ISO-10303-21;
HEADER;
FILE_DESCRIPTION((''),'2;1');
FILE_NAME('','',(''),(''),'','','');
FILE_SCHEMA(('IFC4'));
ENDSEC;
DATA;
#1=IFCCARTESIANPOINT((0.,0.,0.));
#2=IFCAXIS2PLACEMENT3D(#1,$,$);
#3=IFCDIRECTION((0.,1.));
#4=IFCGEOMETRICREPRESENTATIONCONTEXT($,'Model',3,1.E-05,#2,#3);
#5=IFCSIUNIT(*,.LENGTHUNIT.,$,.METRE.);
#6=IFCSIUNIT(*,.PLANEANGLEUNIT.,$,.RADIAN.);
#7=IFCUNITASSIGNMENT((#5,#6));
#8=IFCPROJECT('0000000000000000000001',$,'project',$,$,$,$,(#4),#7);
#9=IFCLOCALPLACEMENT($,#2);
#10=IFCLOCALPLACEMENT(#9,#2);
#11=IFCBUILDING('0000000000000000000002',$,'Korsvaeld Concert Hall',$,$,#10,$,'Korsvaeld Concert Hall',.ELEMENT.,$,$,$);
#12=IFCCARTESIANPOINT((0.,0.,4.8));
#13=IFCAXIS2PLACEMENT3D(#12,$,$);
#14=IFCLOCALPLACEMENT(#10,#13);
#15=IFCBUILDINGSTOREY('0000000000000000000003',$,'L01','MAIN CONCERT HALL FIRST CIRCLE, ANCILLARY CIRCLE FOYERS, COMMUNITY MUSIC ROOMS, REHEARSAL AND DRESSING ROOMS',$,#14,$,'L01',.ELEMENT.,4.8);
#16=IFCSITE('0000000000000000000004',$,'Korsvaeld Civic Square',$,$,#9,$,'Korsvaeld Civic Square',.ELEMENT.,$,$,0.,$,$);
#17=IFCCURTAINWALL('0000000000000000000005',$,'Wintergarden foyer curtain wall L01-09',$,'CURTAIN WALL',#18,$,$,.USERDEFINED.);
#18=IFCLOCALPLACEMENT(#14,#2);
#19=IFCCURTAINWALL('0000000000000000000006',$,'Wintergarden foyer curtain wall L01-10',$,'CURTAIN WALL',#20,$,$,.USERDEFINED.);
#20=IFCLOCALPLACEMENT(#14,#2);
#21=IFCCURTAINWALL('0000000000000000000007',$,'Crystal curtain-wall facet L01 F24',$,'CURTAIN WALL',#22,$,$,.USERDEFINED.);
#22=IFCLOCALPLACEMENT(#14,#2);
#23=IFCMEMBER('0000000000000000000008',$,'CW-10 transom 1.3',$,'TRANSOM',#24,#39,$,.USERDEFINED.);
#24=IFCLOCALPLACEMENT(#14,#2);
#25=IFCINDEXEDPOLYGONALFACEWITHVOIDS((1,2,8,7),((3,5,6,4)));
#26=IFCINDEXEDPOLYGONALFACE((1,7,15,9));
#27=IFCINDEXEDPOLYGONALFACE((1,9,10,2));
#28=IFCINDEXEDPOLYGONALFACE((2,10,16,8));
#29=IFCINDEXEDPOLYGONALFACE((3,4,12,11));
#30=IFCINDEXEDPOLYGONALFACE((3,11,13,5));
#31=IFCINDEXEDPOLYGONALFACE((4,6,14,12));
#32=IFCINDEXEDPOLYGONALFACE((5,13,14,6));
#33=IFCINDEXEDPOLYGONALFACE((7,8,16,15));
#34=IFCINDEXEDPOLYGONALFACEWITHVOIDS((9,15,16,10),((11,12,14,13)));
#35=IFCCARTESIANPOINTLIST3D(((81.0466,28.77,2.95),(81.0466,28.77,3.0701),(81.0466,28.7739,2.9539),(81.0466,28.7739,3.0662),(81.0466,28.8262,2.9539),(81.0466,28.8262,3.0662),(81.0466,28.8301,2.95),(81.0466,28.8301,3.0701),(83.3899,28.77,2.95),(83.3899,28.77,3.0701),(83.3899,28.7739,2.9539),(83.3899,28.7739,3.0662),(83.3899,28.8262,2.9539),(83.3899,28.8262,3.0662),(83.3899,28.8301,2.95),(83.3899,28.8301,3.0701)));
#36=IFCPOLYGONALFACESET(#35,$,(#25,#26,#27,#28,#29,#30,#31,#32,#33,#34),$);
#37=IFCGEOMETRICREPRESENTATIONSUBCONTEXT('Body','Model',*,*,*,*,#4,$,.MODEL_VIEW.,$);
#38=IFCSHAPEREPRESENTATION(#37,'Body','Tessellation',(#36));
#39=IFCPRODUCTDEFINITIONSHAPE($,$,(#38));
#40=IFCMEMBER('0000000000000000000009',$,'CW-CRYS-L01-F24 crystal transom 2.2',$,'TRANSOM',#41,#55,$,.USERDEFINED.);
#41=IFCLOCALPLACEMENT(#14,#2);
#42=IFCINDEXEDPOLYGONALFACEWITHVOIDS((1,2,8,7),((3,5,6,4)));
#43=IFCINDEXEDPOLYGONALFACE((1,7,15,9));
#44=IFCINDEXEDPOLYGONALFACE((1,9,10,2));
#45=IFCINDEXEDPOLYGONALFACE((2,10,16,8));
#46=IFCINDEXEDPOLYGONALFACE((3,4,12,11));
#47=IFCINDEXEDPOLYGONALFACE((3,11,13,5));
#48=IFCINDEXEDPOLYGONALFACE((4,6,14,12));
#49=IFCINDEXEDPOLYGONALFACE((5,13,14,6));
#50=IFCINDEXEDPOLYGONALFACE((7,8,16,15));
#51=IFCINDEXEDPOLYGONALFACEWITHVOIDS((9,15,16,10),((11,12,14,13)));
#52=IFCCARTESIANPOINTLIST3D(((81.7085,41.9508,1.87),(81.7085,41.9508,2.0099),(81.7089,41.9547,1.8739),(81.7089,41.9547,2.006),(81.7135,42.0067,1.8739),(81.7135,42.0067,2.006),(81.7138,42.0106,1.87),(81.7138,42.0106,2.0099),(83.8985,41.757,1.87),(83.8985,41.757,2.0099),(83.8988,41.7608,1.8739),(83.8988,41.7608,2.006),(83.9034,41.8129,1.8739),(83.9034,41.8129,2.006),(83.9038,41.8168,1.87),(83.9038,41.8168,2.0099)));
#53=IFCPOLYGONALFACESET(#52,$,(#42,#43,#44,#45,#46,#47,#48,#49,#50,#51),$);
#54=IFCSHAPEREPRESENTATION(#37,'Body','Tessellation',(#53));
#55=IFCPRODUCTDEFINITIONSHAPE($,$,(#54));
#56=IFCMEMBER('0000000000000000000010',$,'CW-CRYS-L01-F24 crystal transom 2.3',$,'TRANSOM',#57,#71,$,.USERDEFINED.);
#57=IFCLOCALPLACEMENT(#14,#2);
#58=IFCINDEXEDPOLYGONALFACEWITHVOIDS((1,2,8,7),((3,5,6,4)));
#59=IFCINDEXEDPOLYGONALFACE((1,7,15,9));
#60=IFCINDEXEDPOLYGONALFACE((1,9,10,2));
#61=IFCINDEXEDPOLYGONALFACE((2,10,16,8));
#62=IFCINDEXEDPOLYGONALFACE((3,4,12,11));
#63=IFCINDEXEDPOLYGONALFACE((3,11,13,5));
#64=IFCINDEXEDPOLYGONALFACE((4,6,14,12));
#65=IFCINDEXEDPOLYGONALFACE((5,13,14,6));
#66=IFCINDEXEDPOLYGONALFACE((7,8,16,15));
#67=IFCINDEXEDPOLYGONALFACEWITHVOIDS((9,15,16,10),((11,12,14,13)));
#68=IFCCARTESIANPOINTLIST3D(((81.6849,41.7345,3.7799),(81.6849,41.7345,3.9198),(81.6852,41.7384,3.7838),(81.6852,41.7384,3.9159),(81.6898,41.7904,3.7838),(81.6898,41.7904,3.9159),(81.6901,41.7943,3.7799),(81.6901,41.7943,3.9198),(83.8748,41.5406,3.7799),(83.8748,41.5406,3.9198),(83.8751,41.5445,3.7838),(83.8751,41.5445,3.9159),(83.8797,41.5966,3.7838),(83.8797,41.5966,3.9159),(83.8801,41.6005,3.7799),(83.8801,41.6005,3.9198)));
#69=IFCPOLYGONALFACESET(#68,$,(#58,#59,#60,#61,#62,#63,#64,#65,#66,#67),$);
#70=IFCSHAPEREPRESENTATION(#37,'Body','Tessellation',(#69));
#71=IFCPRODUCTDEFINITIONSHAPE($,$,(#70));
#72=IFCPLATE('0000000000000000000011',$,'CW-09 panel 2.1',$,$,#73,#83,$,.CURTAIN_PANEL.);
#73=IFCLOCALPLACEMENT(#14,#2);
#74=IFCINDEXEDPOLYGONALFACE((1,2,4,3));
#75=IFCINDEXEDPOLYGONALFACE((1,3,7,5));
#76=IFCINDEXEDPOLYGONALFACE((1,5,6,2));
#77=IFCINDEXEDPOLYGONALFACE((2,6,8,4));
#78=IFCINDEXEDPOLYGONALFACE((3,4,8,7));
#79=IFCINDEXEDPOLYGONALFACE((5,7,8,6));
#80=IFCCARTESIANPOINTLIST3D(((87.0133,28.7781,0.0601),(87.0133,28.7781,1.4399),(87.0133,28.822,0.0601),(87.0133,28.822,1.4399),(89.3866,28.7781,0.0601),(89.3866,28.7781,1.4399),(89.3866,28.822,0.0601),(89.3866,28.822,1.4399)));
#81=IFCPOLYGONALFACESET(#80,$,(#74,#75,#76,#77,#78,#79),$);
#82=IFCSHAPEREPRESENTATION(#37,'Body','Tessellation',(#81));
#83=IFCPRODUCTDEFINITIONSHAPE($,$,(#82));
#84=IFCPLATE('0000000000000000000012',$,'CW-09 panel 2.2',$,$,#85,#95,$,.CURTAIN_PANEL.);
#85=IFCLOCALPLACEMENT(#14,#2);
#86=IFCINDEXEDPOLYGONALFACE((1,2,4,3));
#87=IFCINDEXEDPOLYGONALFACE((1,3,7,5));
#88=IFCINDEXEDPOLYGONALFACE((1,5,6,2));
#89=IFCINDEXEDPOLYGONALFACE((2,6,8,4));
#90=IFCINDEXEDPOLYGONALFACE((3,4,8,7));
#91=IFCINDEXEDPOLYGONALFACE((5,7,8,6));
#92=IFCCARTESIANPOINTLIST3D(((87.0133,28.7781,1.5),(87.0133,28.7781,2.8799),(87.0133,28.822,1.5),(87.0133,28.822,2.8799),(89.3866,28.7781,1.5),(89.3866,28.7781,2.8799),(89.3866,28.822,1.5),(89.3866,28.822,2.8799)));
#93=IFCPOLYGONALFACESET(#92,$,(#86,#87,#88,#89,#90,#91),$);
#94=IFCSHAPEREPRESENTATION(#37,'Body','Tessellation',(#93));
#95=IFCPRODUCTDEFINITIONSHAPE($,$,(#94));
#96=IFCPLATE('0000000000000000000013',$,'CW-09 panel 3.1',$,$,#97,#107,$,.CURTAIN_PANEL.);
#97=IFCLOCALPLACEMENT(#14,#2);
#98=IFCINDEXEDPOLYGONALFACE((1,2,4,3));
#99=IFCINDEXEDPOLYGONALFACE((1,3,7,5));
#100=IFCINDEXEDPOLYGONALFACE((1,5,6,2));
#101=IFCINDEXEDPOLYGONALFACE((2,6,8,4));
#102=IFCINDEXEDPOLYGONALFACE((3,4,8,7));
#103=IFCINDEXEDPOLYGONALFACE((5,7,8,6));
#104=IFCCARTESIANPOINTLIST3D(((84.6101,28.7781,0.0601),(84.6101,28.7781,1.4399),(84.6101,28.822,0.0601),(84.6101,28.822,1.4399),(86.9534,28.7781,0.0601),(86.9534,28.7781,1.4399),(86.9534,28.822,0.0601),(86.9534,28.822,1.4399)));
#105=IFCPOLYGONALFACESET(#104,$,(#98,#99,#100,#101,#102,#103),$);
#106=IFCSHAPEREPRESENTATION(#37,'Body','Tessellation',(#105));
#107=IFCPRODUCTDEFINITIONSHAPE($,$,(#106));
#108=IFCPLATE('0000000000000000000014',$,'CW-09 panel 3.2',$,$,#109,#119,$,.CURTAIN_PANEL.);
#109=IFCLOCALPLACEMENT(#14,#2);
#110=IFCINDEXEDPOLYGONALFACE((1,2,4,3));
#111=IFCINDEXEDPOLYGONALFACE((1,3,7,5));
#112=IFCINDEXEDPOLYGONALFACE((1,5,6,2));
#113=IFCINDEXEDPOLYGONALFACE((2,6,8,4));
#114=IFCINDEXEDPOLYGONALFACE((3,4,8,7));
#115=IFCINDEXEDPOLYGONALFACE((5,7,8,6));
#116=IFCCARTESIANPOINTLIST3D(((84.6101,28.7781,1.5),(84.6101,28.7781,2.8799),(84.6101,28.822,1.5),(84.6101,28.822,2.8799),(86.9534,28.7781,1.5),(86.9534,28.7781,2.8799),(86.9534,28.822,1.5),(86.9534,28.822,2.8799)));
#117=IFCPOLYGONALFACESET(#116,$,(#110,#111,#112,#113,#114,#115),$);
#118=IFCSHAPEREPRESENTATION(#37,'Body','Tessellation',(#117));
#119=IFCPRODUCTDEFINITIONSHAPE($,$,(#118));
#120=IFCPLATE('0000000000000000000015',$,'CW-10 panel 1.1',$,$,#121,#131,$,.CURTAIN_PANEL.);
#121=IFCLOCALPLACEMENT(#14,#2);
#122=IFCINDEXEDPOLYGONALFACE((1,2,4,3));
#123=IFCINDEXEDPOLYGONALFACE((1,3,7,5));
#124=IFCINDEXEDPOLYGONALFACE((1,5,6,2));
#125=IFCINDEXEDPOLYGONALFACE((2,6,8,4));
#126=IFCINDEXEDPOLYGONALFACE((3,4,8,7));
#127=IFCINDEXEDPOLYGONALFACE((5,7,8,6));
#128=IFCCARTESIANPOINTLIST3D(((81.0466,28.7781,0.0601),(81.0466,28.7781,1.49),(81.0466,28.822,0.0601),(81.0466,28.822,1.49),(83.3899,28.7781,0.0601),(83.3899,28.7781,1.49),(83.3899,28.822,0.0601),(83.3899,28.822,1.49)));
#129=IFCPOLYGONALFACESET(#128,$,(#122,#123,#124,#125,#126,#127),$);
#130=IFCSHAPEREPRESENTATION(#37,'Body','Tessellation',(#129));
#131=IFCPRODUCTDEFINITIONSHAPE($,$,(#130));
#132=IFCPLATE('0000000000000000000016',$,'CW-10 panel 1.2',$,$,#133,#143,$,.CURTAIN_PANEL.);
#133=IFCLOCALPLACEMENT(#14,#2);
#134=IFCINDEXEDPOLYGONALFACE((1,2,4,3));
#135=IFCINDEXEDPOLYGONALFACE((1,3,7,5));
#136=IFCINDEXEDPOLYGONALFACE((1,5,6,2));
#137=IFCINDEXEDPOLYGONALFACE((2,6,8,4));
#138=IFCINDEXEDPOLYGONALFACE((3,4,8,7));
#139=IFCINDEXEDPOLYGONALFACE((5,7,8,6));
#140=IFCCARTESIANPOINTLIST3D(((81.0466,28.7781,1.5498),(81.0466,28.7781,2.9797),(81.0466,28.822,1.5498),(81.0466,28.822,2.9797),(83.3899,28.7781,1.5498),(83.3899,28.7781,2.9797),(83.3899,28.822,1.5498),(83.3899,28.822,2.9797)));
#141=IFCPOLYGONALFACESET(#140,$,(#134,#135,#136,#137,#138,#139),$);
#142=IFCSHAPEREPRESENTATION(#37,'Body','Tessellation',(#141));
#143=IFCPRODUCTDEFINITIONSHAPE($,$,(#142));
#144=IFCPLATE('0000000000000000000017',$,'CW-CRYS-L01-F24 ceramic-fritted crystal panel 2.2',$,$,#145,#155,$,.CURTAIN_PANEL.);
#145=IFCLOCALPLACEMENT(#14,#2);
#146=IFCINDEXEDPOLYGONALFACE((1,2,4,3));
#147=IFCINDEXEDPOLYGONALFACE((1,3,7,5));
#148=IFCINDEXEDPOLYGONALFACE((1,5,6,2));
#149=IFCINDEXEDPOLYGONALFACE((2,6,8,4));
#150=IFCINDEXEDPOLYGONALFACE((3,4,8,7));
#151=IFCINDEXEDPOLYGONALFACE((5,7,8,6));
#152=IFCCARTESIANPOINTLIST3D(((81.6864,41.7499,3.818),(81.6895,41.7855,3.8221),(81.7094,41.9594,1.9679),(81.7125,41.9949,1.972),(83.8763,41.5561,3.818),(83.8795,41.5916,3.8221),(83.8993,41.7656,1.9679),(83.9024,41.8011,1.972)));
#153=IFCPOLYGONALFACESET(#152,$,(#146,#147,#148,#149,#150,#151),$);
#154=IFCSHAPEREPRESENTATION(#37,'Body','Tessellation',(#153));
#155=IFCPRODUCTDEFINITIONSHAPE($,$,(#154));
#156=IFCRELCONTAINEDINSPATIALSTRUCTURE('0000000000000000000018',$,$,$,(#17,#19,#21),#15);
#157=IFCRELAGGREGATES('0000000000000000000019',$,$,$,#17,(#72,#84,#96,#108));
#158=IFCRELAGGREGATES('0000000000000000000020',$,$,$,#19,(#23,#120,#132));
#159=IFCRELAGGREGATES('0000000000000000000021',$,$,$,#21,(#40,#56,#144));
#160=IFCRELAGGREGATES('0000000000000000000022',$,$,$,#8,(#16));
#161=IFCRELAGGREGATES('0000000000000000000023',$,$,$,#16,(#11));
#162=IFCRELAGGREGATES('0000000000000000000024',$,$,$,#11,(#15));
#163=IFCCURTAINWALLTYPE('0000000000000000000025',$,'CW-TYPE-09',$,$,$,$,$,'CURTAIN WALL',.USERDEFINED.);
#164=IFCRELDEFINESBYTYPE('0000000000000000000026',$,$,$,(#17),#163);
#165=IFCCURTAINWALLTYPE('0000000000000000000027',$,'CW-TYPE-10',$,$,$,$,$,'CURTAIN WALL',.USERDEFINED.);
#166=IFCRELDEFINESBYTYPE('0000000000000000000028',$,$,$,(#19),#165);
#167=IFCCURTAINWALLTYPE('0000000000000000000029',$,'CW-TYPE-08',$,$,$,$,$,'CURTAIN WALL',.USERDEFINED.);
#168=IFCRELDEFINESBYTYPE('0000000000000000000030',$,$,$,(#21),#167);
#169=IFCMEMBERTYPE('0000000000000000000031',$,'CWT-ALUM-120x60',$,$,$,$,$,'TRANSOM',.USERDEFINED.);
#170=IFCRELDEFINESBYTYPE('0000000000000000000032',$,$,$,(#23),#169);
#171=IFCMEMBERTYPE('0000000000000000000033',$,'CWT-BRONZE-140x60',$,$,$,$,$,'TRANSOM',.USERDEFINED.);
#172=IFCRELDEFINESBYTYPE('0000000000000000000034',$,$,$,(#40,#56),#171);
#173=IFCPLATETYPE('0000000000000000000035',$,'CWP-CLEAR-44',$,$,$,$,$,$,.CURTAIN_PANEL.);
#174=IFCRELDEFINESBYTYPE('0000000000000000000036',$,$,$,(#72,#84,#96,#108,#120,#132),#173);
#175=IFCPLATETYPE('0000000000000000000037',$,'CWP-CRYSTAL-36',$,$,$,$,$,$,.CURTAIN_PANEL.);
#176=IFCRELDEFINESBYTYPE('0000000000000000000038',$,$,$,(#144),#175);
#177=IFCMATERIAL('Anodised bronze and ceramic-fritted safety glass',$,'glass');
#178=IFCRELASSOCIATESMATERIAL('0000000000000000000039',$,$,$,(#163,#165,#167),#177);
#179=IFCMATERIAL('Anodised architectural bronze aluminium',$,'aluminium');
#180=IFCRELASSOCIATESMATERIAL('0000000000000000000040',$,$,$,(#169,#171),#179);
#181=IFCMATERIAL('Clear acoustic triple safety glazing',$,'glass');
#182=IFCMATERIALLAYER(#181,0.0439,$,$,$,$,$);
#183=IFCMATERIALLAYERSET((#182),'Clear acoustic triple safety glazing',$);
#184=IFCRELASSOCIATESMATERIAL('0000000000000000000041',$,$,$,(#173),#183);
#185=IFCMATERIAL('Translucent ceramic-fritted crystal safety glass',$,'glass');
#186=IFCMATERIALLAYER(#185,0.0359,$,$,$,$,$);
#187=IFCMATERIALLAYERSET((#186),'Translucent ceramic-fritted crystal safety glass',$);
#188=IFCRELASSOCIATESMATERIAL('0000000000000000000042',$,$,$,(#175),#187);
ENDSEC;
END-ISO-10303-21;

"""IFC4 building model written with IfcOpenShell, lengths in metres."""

from ifc_helpers import new_model, si_unit, direction, frame, origin, origin_2d, place, context, subcontext, project, spatial, polyline, rectangle, hollow_rectangle, outline, extrude, material, layer, layer_set, material_profile, profile_set, type_object, element, aggregate, save


model = new_model("IFC4")

# Units and contexts
model_context = context("Model", 3, precision=1e-05, world=origin(), true_north=direction((0.0, 1.0)))
body_context = subcontext(model_context, "Body", "Model", "MODEL_VIEW")
ifc_project = project(units=[si_unit("LENGTHUNIT", "METRE"), si_unit("PLANEANGLEUNIT", "RADIAN")], contexts=[model_context])

# Site, building, storey
site_placement = place(None, origin())
site = spatial("IfcSite", under=ifc_project, at=site_placement, Name="Korsvaeld Civic Square", LongName="Korsvaeld Civic Square", CompositionType="ELEMENT", RefElevation=0.0)
building_placement = place(site_placement, origin())
building = spatial("IfcBuilding", under=site, at=building_placement, Name="Korsvaeld Concert Hall", LongName="Korsvaeld Concert Hall", CompositionType="ELEMENT")
storey_placement = place(building_placement, frame((0.0, 0.0, 4.8)))
storey = spatial("IfcBuildingStorey", under=building, at=storey_placement, Name="L01", Description="MAIN CONCERT HALL FIRST CIRCLE, ANCILLARY CIRCLE FOYERS, COMMUNITY MUSIC ROOMS, REHEARSAL AND DRESSING ROOMS", LongName="L01", CompositionType="ELEMENT", Elevation=4.8)

# Curtain wall
ifc_material_1 = material(Name="Anodised bronze and ceramic-fritted safety glass", Category="glass")
curtain_wall_type_1 = type_object("IfcCurtainWallType", Name="CW-TYPE-09", ElementType="CURTAIN WALL", PredefinedType="USERDEFINED", material=ifc_material_1)
curtain_wall_1_placement = place(storey_placement, origin())
curtain_wall_1 = element("IfcCurtainWall", 1, at=curtain_wall_1_placement, inside=storey, type_object=curtain_wall_type_1, Name="Wintergarden foyer curtain wall L01-09", ObjectType="CURTAIN WALL", PredefinedType="USERDEFINED")
ifc_material_2 = material(Name="Anodised architectural bronze aluminium", Category="aluminium")

# Curtain walls
curtain_wall_type_2 = type_object("IfcCurtainWallType", Name="CW-TYPE-10", ElementType="CURTAIN WALL", PredefinedType="USERDEFINED", material=ifc_material_1)
curtain_wall_2_placement = place(storey_placement, origin())
curtain_wall_2 = element("IfcCurtainWall", 2, at=curtain_wall_2_placement, inside=storey, type_object=curtain_wall_type_2, Name="Wintergarden foyer curtain wall L01-10", ObjectType="CURTAIN WALL", PredefinedType="USERDEFINED")
curtain_wall_type_3 = type_object("IfcCurtainWallType", Name="CW-TYPE-08", ElementType="CURTAIN WALL", PredefinedType="USERDEFINED", material=ifc_material_1)
curtain_wall_3_placement = place(storey_placement, origin())
curtain_wall_3 = element("IfcCurtainWall", 3, at=curtain_wall_3_placement, inside=storey, type_object=curtain_wall_type_3, Name="Crystal curtain-wall facet L01 F24", ObjectType="CURTAIN WALL", PredefinedType="USERDEFINED")

# Members
ifc_material_profile_1 = material_profile(ifc_material_2, hollow_rectangle(XDim=0.0601, YDim=0.1201, WallThickness=0.0039, at=origin_2d()), Name="CWT 120x60x4")
ifc_profile_set_1 = profile_set([ifc_material_profile_1], Name="Anodised architectural bronze aluminium")
member_type_1 = type_object("IfcMemberType", Name="CWT-ALUM-120x60", ElementType="TRANSOM", PredefinedType="USERDEFINED", material=ifc_profile_set_1)
member_1_placement = place(storey_placement, frame((83.3899, 28.8, 3.01), z_axis=(-1.0, 0.0, 0.0), x_axis=(0.0, -1.0, 0.0)))
member_1 = element("IfcMember", 4, at=member_1_placement, type_object=member_type_1, Name="CW-10 transom 1.3", ObjectType="TRANSOM", PredefinedType="USERDEFINED", context=body_context, shape_type="SweptSolid", body=[
    extrude(hollow_rectangle(XDim=0.0601, YDim=0.1201, WallThickness=0.0039, at=origin_2d()), origin(), (0.0, 0.0, 1.0), 2.3433),
])
ifc_material_profile_2 = material_profile(ifc_material_2, hollow_rectangle(XDim=0.0601, YDim=0.1399, WallThickness=0.0039, at=origin_2d()), Name="CWT 140x60x4")
ifc_profile_set_2 = profile_set([ifc_material_profile_2], Name="Anodised architectural bronze aluminium")
member_type_2 = type_object("IfcMemberType", Name="CWT-BRONZE-140x60", ElementType="TRANSOM", PredefinedType="USERDEFINED", material=ifc_profile_set_2)
member_2_placement = place(storey_placement, frame((81.7112, 41.9807, 1.9399), z_axis=(0.996105, -0.088173, 0.0), x_axis=(0.088173, 0.996105, 0.0)))
member_2 = element("IfcMember", 5, at=member_2_placement, type_object=member_type_2, Name="CW-CRYS-L01-F24 crystal transom 2.2", ObjectType="TRANSOM", PredefinedType="USERDEFINED", context=body_context, shape_type="SweptSolid", body=[
    extrude(hollow_rectangle(XDim=0.0601, YDim=0.1399, WallThickness=0.0039, at=origin_2d()), origin(), (0.0, 0.0, 1.0), 2.1985),
])
member_3_placement = place(storey_placement, frame((81.6875, 41.7644, 3.8499), z_axis=(0.996105, -0.088173, 0.0), x_axis=(0.088173, 0.996105, 0.0)))
member_3 = element("IfcMember", 6, at=member_3_placement, type_object=member_type_2, Name="CW-CRYS-L01-F24 crystal transom 2.3", ObjectType="TRANSOM", PredefinedType="USERDEFINED", context=body_context, shape_type="SweptSolid", body=[
    extrude(hollow_rectangle(XDim=0.0601, YDim=0.1399, WallThickness=0.0039, at=origin_2d()), origin(), (0.0, 0.0, 1.0), 2.1985),
])

# Plates
ifc_material_3 = material(Name="Clear acoustic triple safety glazing", Category="glass")
ifc_layer_1 = layer(ifc_material_3, 0.0439)
ifc_layer_set_1 = layer_set([ifc_layer_1], Name="Clear acoustic triple safety glazing")
plate_type_1 = type_object("IfcPlateType", Name="CWP-CLEAR-44", PredefinedType="CURTAIN_PANEL", material=ifc_layer_set_1)
plate_1_placement = place(storey_placement, frame((88.2, 28.8, 0.0601), z_axis=(0.0, 0.0, 1.0), x_axis=(-1.0, 0.0, 0.0)))
plate_1 = element("IfcPlate", 7, at=plate_1_placement, type_object=plate_type_1, Name="CW-09 panel 2.1", PredefinedType="CURTAIN_PANEL", context=body_context, shape_type="SweptSolid", body=[
    extrude(rectangle(XDim=2.3733, YDim=0.0439, at=origin_2d()), origin(), (0.0, 0.0, 1.0), 1.3799),
])
plate_2_placement = place(storey_placement, frame((88.2, 28.8, 1.5), z_axis=(0.0, 0.0, 1.0), x_axis=(-1.0, 0.0, 0.0)))
plate_2 = element("IfcPlate", 8, at=plate_2_placement, type_object=plate_type_1, Name="CW-09 panel 2.2", PredefinedType="CURTAIN_PANEL", context=body_context, shape_type="SweptSolid", body=[
    extrude(rectangle(XDim=2.3733, YDim=0.0439, at=origin_2d()), origin(), (0.0, 0.0, 1.0), 1.3799),
])
plate_3_placement = place(storey_placement, frame((85.7817, 28.8, 0.0601), z_axis=(0.0, 0.0, 1.0), x_axis=(-1.0, 0.0, 0.0)))
plate_3 = element("IfcPlate", 9, at=plate_3_placement, type_object=plate_type_1, Name="CW-09 panel 3.1", PredefinedType="CURTAIN_PANEL", context=body_context, shape_type="SweptSolid", body=[
    extrude(rectangle(XDim=2.3433, YDim=0.0439, at=origin_2d()), origin(), (0.0, 0.0, 1.0), 1.3799),
])
plate_4_placement = place(storey_placement, frame((85.7817, 28.8, 1.5), z_axis=(0.0, 0.0, 1.0), x_axis=(-1.0, 0.0, 0.0)))
plate_4 = element("IfcPlate", 10, at=plate_4_placement, type_object=plate_type_1, Name="CW-09 panel 3.2", PredefinedType="CURTAIN_PANEL", context=body_context, shape_type="SweptSolid", body=[
    extrude(rectangle(XDim=2.3433, YDim=0.0439, at=origin_2d()), origin(), (0.0, 0.0, 1.0), 1.3799),
])
aggregate(curtain_wall_1, [plate_1, plate_2, plate_3, plate_4])
plate_5_placement = place(storey_placement, frame((82.2183, 28.8, 0.0601), z_axis=(0.0, 0.0, 1.0), x_axis=(-1.0, 0.0, 0.0)))
plate_5 = element("IfcPlate", 11, at=plate_5_placement, type_object=plate_type_1, Name="CW-10 panel 1.1", PredefinedType="CURTAIN_PANEL", context=body_context, shape_type="SweptSolid", body=[
    extrude(rectangle(XDim=2.3433, YDim=0.0439, at=origin_2d()), origin(), (0.0, 0.0, 1.0), 1.4299),
])
plate_6_placement = place(storey_placement, frame((82.2183, 28.8, 1.5498), z_axis=(0.0, 0.0, 1.0), x_axis=(-1.0, 0.0, 0.0)))
plate_6 = element("IfcPlate", 12, at=plate_6_placement, type_object=plate_type_1, Name="CW-10 panel 1.2", PredefinedType="CURTAIN_PANEL", context=body_context, shape_type="SweptSolid", body=[
    extrude(rectangle(XDim=2.3433, YDim=0.0439, at=origin_2d()), origin(), (0.0, 0.0, 1.0), 1.4299),
])
aggregate(curtain_wall_2, [member_1, plate_5, plate_6])
ifc_material_4 = material(Name="Translucent ceramic-fritted crystal safety glass", Category="glass")
ifc_layer_2 = layer(ifc_material_4, 0.0359)
ifc_layer_set_2 = layer_set([ifc_layer_2], Name="Translucent ceramic-fritted crystal safety glass")
plate_type_2 = type_object("IfcPlateType", Name="CWP-CRYSTAL-36", PredefinedType="CURTAIN_PANEL", material=ifc_layer_set_2)
plate_7_placement = place(storey_placement, frame((81.7109, 41.9773, 1.97), z_axis=(-0.087606, -0.989709, -0.113144), x_axis=(0.996105, -0.088173, 0.0)))
plate_7 = element("IfcPlate", 13, at=plate_7_placement, type_object=plate_type_2, Name="CW-CRYS-L01-F24 ceramic-fritted crystal panel 2.2", PredefinedType="CURTAIN_PANEL", context=body_context, shape_type="SweptSolid", body=[
    extrude(outline(polyline([(0.0, 0.0), (2.1985, 0.0), (2.1941, 1.8621), (-0.0044, 1.8621), (0.0, 0.0)])), frame((0.0, 0.0, 0.0181)), (0.0, 0.0, -1.0), 0.0359),
])
aggregate(curtain_wall_3, [member_2, member_3, plate_7])

save(model, "model.ifc")
